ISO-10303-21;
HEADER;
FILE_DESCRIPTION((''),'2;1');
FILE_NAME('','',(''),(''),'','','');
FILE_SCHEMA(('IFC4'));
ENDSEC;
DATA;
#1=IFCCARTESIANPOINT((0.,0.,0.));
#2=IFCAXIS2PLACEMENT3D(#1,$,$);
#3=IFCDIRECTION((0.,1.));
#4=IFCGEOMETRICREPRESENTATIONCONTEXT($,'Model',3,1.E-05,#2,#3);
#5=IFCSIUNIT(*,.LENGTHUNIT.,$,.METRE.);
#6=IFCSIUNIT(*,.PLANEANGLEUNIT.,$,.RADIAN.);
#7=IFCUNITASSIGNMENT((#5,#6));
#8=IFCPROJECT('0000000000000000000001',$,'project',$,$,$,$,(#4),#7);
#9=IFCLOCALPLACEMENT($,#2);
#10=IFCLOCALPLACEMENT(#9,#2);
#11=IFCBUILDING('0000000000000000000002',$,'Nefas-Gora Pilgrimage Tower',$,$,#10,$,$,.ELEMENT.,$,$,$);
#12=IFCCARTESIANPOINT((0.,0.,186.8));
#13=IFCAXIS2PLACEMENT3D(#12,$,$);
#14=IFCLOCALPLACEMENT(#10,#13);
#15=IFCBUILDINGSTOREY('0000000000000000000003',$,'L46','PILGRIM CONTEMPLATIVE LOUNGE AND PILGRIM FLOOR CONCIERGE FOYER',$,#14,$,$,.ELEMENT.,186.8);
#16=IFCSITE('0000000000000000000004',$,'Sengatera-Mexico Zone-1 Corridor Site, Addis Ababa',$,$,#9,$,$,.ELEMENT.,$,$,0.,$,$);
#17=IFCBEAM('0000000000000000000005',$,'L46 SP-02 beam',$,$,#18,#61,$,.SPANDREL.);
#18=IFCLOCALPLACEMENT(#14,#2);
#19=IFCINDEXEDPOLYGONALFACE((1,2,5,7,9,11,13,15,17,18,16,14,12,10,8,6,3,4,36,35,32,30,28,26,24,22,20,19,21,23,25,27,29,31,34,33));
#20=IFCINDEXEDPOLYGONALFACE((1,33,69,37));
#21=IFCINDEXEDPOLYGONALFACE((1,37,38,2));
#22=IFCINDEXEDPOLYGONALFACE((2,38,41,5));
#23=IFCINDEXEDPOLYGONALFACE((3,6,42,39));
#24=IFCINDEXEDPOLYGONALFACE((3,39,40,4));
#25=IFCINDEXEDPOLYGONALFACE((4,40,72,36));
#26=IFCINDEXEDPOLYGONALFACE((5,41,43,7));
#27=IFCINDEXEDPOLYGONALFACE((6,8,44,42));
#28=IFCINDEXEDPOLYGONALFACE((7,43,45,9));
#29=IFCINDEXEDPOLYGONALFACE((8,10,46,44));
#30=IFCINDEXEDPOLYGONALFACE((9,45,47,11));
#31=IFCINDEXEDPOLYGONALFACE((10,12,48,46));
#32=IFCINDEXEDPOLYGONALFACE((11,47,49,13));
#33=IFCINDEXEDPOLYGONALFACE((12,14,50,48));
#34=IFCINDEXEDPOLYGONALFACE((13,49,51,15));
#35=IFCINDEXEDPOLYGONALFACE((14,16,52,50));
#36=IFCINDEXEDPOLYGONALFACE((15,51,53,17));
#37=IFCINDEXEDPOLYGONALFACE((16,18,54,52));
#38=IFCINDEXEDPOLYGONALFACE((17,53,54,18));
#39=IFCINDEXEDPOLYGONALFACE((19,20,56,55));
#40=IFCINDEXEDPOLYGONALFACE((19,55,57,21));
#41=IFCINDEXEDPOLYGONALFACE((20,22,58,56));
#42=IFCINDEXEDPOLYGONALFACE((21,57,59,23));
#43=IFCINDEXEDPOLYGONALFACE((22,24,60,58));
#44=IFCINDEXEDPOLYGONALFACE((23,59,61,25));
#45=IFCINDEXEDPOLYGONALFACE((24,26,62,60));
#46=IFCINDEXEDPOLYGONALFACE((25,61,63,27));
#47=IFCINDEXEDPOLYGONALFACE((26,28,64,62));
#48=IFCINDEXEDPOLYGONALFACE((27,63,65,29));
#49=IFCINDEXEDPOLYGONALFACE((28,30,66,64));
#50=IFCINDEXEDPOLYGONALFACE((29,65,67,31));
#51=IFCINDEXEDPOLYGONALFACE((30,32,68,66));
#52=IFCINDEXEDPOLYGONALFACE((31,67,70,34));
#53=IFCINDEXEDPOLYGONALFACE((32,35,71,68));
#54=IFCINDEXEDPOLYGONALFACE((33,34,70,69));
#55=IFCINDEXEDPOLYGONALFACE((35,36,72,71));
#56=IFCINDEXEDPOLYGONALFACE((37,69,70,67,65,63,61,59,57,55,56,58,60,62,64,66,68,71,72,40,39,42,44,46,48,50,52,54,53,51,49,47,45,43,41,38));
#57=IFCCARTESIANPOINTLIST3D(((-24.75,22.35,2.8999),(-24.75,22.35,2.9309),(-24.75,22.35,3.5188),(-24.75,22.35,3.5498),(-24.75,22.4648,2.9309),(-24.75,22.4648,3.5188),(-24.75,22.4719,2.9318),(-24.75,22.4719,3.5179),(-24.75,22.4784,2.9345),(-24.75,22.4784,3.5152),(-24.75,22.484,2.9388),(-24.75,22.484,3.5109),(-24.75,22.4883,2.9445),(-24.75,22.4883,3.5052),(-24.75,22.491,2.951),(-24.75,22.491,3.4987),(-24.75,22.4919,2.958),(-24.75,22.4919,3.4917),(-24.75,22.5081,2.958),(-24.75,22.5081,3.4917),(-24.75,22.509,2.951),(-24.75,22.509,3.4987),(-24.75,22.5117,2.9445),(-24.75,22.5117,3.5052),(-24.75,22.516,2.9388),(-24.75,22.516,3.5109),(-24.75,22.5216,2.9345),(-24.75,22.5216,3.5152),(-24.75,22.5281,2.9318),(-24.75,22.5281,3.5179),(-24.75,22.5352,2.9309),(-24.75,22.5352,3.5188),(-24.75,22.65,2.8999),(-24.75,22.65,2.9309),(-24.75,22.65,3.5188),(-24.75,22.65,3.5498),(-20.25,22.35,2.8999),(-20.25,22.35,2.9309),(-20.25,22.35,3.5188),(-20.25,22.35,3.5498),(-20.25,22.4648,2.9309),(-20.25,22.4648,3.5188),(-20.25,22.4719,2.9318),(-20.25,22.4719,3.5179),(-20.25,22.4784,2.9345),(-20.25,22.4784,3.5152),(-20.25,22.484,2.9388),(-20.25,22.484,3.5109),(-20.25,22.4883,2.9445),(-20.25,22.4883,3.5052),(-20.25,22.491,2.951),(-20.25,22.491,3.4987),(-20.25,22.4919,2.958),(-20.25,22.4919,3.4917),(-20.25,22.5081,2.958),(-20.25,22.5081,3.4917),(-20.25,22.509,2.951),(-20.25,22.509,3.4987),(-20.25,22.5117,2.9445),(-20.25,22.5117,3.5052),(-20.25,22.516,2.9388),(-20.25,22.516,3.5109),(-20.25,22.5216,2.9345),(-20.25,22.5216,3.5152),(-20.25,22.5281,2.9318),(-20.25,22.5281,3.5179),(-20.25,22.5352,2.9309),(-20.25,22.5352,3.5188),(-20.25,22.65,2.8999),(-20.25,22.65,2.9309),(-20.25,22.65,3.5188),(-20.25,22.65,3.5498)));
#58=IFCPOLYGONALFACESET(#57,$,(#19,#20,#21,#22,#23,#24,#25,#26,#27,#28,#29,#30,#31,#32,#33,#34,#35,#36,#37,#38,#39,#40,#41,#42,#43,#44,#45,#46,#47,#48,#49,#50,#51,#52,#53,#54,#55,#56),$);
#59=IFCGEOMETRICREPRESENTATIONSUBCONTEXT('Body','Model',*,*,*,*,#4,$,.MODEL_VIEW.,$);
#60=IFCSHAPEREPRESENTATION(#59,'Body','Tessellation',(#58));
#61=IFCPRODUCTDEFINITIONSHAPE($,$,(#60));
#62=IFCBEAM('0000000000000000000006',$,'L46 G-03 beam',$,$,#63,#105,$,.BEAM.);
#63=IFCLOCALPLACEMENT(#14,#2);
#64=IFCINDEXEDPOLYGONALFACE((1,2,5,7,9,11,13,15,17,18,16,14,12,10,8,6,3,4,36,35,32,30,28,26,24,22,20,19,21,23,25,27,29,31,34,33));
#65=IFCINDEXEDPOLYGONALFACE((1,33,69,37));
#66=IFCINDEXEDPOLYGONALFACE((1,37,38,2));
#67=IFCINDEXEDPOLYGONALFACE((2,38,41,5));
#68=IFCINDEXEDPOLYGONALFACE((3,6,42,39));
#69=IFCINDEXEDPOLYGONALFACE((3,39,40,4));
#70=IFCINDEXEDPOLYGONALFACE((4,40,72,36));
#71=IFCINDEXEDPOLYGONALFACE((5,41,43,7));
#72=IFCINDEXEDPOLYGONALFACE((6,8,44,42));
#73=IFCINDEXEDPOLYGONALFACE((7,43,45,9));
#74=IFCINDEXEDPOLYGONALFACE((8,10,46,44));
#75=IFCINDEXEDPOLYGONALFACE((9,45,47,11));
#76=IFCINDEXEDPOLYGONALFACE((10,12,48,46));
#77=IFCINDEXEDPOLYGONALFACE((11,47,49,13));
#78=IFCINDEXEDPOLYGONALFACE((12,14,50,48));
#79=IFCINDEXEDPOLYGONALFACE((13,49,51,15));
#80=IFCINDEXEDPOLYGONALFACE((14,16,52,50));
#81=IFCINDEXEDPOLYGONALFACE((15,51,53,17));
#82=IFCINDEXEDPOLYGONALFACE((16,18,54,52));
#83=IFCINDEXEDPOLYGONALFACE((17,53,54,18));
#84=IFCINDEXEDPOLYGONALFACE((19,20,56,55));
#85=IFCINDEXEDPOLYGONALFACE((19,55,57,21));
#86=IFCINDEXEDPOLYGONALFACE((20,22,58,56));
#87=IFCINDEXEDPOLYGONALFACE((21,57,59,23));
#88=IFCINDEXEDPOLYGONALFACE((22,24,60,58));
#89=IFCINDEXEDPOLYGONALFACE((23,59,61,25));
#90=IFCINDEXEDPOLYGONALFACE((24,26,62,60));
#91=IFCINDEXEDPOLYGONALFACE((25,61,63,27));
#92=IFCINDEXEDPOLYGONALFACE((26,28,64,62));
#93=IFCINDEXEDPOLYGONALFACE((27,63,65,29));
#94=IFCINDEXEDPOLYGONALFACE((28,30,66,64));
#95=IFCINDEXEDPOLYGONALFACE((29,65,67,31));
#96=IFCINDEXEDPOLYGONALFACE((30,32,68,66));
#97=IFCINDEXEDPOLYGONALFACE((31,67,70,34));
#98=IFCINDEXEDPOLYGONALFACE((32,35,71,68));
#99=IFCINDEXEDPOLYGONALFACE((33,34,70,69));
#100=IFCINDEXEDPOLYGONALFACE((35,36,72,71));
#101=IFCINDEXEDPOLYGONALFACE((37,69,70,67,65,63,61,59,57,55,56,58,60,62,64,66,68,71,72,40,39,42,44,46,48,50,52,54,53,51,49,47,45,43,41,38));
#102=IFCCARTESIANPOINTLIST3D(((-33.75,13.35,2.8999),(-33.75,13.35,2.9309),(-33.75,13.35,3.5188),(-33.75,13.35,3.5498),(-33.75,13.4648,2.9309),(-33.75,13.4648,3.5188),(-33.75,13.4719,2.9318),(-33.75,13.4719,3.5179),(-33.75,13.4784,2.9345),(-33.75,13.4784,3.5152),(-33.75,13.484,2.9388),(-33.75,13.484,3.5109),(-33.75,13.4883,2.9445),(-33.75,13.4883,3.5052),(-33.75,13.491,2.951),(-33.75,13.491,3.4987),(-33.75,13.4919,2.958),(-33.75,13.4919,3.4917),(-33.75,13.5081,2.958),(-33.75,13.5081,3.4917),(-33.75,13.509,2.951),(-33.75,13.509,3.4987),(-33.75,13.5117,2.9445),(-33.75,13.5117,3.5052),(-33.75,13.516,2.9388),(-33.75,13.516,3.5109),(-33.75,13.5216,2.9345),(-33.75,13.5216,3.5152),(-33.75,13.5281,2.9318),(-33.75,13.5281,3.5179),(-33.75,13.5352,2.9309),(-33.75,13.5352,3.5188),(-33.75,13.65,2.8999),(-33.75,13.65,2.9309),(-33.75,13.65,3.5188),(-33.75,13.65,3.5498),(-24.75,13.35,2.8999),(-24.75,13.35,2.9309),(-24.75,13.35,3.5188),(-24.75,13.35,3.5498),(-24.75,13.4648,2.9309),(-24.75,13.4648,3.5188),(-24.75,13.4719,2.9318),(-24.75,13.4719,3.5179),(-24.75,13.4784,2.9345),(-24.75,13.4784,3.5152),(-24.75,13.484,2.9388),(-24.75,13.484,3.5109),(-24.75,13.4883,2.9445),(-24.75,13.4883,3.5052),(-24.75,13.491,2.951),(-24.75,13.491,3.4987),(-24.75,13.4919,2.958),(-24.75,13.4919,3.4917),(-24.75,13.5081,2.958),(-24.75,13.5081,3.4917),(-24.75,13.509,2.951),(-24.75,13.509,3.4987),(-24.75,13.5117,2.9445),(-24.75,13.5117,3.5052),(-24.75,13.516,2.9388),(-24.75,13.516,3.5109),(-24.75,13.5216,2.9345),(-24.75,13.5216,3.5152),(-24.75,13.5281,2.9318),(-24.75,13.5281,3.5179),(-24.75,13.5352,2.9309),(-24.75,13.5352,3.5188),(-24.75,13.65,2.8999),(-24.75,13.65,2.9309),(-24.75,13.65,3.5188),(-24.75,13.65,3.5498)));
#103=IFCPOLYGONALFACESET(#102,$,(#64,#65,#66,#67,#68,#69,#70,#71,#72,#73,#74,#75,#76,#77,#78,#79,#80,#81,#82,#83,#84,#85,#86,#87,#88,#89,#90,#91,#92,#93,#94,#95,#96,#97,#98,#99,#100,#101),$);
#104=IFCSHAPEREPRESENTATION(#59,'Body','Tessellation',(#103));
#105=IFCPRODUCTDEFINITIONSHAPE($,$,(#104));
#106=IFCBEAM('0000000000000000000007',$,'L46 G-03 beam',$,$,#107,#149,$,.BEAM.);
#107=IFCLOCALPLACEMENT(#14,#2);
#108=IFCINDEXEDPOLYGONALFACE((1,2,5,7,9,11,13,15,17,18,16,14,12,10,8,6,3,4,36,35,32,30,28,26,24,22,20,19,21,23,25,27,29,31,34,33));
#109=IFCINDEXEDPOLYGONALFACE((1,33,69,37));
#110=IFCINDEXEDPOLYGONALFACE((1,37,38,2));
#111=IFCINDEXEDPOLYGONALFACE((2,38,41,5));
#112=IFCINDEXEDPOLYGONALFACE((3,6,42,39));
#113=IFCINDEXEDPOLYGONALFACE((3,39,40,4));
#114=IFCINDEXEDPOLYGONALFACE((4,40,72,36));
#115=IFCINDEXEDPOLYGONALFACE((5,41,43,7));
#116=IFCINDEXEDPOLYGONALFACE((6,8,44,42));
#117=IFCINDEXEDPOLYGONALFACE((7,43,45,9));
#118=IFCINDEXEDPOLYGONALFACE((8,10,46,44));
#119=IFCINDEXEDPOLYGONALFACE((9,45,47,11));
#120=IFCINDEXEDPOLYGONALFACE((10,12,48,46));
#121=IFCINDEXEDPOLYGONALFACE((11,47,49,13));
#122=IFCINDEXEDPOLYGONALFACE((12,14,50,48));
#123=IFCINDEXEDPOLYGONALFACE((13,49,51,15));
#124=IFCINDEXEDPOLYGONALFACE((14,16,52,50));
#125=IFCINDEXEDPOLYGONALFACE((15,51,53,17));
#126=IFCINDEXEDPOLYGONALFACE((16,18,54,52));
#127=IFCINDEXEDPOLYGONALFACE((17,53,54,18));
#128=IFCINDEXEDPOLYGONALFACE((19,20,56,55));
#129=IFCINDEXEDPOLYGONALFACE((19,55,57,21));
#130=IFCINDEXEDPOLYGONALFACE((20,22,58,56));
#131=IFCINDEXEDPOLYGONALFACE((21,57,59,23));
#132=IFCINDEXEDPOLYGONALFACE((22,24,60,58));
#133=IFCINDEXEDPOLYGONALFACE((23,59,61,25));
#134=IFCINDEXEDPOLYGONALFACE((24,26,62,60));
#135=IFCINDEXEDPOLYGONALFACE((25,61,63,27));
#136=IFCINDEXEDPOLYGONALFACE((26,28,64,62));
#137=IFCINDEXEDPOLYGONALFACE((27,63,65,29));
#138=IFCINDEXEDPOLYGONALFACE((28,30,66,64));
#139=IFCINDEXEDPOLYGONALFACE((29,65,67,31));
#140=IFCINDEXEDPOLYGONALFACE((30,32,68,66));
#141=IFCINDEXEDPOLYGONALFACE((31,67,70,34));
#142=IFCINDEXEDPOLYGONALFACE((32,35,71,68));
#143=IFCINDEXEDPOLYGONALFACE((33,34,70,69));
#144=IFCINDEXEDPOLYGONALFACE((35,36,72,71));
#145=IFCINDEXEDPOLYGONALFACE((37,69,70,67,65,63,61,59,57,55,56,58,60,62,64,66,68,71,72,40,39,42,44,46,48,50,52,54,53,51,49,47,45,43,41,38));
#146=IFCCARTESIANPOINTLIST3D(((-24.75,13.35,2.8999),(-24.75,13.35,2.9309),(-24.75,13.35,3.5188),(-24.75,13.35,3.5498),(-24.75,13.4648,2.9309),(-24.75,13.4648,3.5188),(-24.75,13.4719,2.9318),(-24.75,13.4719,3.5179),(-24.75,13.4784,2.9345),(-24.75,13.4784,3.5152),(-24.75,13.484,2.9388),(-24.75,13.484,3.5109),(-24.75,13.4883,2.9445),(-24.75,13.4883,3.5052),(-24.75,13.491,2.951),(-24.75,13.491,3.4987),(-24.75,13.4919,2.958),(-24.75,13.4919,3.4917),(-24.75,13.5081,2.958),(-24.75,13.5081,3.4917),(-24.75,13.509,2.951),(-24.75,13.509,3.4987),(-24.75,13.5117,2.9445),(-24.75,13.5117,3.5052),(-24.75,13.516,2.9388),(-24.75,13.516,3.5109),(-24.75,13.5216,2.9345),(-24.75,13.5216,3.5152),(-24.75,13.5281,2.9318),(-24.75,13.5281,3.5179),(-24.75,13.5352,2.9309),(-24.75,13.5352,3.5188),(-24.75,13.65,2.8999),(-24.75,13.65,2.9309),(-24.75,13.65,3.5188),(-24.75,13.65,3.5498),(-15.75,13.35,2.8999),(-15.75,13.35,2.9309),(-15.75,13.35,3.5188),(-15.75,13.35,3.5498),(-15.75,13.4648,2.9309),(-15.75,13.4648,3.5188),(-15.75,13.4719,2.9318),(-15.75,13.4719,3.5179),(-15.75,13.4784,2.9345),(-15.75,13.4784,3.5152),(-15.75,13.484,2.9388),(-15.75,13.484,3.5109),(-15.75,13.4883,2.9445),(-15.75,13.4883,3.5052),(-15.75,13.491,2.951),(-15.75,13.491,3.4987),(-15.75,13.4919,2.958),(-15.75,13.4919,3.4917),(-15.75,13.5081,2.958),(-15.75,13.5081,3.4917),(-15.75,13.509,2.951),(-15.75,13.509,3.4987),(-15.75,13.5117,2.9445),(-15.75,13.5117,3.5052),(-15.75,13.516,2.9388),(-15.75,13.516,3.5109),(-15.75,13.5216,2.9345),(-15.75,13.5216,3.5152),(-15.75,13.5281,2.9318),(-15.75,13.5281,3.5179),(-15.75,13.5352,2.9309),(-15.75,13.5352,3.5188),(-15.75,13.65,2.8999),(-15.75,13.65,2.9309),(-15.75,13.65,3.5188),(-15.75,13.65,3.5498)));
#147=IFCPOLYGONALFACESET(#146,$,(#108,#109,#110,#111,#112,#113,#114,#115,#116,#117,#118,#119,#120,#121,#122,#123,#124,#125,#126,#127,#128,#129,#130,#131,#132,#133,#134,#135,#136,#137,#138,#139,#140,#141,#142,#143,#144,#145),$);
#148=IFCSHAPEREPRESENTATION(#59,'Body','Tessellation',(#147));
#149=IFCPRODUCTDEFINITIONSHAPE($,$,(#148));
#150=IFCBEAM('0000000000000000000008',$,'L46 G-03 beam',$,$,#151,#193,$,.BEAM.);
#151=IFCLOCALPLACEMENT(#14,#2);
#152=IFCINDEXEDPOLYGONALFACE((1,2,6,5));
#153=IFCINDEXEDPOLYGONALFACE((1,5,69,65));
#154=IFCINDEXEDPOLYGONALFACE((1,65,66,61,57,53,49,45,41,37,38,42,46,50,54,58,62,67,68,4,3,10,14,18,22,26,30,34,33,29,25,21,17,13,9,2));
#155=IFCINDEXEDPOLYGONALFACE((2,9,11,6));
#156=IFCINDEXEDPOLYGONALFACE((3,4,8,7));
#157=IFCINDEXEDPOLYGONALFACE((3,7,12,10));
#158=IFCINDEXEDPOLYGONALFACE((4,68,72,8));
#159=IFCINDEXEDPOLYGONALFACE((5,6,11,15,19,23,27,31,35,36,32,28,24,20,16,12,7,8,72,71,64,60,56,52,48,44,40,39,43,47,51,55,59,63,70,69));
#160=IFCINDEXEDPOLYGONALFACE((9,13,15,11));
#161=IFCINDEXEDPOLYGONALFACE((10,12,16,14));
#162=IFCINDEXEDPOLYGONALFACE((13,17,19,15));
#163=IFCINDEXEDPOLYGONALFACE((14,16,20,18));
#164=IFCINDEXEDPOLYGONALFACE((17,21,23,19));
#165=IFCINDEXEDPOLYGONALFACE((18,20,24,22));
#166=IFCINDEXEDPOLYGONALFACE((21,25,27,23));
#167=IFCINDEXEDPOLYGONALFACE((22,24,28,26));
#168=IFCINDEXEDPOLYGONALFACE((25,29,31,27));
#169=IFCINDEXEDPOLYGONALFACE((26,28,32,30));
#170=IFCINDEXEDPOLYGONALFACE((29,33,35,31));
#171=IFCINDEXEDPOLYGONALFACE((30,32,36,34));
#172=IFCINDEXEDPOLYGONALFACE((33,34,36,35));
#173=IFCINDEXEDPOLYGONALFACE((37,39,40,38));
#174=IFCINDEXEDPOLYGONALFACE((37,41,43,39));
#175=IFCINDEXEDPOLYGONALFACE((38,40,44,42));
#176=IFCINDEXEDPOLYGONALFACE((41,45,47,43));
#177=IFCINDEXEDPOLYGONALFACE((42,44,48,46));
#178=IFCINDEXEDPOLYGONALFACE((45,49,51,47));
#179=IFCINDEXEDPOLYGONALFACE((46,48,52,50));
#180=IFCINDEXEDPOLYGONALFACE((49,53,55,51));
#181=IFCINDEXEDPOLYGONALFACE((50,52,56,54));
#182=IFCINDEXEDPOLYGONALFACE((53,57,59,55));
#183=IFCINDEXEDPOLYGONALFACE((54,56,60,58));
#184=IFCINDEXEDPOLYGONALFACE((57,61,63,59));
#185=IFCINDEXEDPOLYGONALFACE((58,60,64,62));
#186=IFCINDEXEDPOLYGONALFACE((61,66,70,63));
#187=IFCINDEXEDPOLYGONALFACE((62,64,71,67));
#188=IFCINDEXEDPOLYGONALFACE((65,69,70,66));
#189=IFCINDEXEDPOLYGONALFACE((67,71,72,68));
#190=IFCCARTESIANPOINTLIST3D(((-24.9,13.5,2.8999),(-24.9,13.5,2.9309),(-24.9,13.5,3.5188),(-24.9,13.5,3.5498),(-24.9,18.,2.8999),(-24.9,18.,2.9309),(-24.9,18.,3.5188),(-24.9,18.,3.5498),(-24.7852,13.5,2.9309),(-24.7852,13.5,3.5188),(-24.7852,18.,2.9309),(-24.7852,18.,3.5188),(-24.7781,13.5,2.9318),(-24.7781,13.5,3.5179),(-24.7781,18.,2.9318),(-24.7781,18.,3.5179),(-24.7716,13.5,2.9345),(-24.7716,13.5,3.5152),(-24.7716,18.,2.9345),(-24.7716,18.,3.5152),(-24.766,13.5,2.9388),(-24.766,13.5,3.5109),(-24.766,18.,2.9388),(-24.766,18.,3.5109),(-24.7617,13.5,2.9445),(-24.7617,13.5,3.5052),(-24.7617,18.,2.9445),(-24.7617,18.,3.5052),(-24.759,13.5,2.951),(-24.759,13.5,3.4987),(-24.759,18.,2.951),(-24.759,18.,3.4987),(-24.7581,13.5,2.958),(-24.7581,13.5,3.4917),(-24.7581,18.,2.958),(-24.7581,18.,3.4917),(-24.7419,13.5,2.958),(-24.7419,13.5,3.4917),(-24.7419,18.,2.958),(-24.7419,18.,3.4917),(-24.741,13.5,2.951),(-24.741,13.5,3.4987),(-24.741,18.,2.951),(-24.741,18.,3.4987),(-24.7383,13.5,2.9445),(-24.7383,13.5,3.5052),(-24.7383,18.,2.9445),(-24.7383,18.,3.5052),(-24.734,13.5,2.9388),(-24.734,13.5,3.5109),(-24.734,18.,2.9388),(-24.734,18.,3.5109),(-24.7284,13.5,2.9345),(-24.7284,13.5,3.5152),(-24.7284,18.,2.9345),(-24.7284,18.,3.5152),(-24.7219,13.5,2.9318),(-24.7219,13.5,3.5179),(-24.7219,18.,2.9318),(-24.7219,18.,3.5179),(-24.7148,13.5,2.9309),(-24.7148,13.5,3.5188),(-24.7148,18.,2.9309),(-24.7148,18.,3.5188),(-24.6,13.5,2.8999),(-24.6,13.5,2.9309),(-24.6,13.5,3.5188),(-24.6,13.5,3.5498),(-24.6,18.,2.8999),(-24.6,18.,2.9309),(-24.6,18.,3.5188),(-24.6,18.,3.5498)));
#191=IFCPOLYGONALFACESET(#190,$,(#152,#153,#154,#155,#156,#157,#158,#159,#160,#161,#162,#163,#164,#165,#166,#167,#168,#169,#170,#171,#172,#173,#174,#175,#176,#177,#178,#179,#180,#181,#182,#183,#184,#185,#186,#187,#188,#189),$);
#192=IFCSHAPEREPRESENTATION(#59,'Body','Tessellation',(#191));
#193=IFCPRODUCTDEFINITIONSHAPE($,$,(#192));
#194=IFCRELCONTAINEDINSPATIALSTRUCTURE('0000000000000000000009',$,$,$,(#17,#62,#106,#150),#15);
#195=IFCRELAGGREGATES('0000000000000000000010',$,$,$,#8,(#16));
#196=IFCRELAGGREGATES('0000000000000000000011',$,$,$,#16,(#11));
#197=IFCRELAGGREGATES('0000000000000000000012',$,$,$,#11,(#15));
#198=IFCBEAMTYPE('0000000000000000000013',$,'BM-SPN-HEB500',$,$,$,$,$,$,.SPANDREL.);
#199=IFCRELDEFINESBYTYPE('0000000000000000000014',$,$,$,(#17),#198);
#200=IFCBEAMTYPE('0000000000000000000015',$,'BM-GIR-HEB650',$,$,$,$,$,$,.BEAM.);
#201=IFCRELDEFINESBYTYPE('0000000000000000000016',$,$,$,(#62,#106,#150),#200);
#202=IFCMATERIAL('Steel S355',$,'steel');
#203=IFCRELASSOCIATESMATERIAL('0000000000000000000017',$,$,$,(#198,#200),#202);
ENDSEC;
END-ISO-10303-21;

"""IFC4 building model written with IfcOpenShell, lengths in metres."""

from ifc_helpers import new_model, si_unit, direction, frame, origin, origin_2d, place, context, subcontext, project, spatial, i_section, extrude, source, transform, mapped, material, material_profile, profile_set, type_object, element, save


model = new_model("IFC4")

# Units and contexts
model_context = context("Model", 3, precision=1e-05, world=origin(), true_north=direction((0.0, 1.0)))
body_context = subcontext(model_context, "Body", "Model", "MODEL_VIEW")
ifc_project = project(units=[si_unit("LENGTHUNIT", "METRE"), si_unit("PLANEANGLEUNIT", "RADIAN")], contexts=[model_context])

# Site, building, storey
site_placement = place(None, origin())
site = spatial("IfcSite", under=ifc_project, at=site_placement, Name="Sengatera-Mexico Zone-1 Corridor Site, Addis Ababa", CompositionType="ELEMENT", RefElevation=0.0)
building_placement = place(site_placement, origin())
building = spatial("IfcBuilding", under=site, at=building_placement, Name="Nefas-Gora Pilgrimage Tower", CompositionType="ELEMENT")
storey_placement = place(building_placement, frame((0.0, 0.0, 186.8)))
storey = spatial("IfcBuildingStorey", under=building, at=storey_placement, Name="L46", Description="PILGRIM CONTEMPLATIVE LOUNGE AND PILGRIM FLOOR CONCIERGE FOYER", CompositionType="ELEMENT", Elevation=186.8)

# Beams
ifc_material_1 = material(Name="Steel S355", Category="steel")
ifc_material_profile_1 = material_profile(ifc_material_1, i_section(OverallWidth=0.3, OverallDepth=0.6499, WebThickness=0.0161, FlangeThickness=0.031, FilletRadius=0.0271, at=origin_2d()), Name="HEB 650")
ifc_profile_set_1 = profile_set([ifc_material_profile_1], Name="Steel S355")
beam_type_1 = type_object("IfcBeamType", Name="BM-SPN-HEB500", PredefinedType="SPANDREL", material=ifc_profile_set_1)
shared_shape_1 = source(origin(), body_context, "Body", "SweptSolid", [
    extrude(i_section(OverallWidth=0.3, OverallDepth=0.6499, WebThickness=0.0161, FlangeThickness=0.031, FilletRadius=0.0271, at=origin_2d()), origin(), (0.0, 0.0, 1.0), 4.5),
])
beam_placement = place(storey_placement, frame((-24.75, 22.5, 3.2249), z_axis=(1.0, 0.0, 0.0), x_axis=(0.0, 1.0, 0.0)))
element("IfcBeam", 1, at=beam_placement, inside=storey, type_object=beam_type_1, Name="L46 SP-02 beam", PredefinedType="SPANDREL", context=body_context, shape_type="MappedRepresentation", body=[
    mapped(shared_shape_1, transform((0.0, 0.0, 0.0), x_axis=(1.0, 0.0, 0.0), y_axis=(0.0, 1.0, 0.0), z_axis=(0.0, 0.0, 1.0), scale=1.0)),
])
ifc_material_profile_2 = material_profile(ifc_material_1, i_section(OverallWidth=0.3, OverallDepth=0.6499, WebThickness=0.0161, FlangeThickness=0.031, FilletRadius=0.0271, at=origin_2d()), Name="HEB 650")
ifc_profile_set_2 = profile_set([ifc_material_profile_2], Name="Steel S355")
beam_type_2 = type_object("IfcBeamType", Name="BM-GIR-HEB650", PredefinedType="BEAM", material=ifc_profile_set_2)
shared_shape_2 = source(origin(), body_context, "Body", "SweptSolid", [
    extrude(i_section(OverallWidth=0.3, OverallDepth=0.6499, WebThickness=0.0161, FlangeThickness=0.031, FilletRadius=0.0271, at=origin_2d()), origin(), (0.0, 0.0, 1.0), 9.0),
])
for number, where, z_axis, x_axis, name in (
    (2, (-33.75, 13.5, 3.2249), (1.0, 0.0, 0.0), (0.0, 1.0, 0.0), "L46 G-03 beam"),
    (3, (-24.75, 13.5, 3.2249), (1.0, 0.0, 0.0), (0.0, 1.0, 0.0), "L46 G-03 beam"),
):
    element("IfcBeam", number, at=place(storey_placement, frame(where, z_axis=z_axis, x_axis=x_axis)), inside=storey, type_object=beam_type_2, Name=name, PredefinedType="BEAM", context=body_context, shape_type="MappedRepresentation", body=[
        mapped(shared_shape_2, transform((0.0, 0.0, 0.0), x_axis=(1.0, 0.0, 0.0), y_axis=(0.0, 1.0, 0.0), z_axis=(0.0, 0.0, 1.0), scale=1.0)),
    ])
shared_shape_3 = source(origin(), body_context, "Body", "SweptSolid", [
    extrude(i_section(OverallWidth=0.3, OverallDepth=0.6499, WebThickness=0.0161, FlangeThickness=0.031, FilletRadius=0.0271, at=origin_2d()), origin(), (0.0, 0.0, 1.0), 4.5),
])
for number, where, z_axis, x_axis, name in (
    (4, (-24.75, 13.5, 3.2249), (0.0, 1.0, 0.0), (-1.0, 0.0, 0.0), "L46 G-03 beam"),
):
    element("IfcBeam", number, at=place(storey_placement, frame(where, z_axis=z_axis, x_axis=x_axis)), inside=storey, type_object=beam_type_2, Name=name, PredefinedType="BEAM", context=body_context, shape_type="MappedRepresentation", body=[
        mapped(shared_shape_3, transform((0.0, 0.0, 0.0), x_axis=(1.0, 0.0, 0.0), y_axis=(0.0, 1.0, 0.0), z_axis=(0.0, 0.0, 1.0), scale=1.0)),
    ])

save(model, "model.ifc")
